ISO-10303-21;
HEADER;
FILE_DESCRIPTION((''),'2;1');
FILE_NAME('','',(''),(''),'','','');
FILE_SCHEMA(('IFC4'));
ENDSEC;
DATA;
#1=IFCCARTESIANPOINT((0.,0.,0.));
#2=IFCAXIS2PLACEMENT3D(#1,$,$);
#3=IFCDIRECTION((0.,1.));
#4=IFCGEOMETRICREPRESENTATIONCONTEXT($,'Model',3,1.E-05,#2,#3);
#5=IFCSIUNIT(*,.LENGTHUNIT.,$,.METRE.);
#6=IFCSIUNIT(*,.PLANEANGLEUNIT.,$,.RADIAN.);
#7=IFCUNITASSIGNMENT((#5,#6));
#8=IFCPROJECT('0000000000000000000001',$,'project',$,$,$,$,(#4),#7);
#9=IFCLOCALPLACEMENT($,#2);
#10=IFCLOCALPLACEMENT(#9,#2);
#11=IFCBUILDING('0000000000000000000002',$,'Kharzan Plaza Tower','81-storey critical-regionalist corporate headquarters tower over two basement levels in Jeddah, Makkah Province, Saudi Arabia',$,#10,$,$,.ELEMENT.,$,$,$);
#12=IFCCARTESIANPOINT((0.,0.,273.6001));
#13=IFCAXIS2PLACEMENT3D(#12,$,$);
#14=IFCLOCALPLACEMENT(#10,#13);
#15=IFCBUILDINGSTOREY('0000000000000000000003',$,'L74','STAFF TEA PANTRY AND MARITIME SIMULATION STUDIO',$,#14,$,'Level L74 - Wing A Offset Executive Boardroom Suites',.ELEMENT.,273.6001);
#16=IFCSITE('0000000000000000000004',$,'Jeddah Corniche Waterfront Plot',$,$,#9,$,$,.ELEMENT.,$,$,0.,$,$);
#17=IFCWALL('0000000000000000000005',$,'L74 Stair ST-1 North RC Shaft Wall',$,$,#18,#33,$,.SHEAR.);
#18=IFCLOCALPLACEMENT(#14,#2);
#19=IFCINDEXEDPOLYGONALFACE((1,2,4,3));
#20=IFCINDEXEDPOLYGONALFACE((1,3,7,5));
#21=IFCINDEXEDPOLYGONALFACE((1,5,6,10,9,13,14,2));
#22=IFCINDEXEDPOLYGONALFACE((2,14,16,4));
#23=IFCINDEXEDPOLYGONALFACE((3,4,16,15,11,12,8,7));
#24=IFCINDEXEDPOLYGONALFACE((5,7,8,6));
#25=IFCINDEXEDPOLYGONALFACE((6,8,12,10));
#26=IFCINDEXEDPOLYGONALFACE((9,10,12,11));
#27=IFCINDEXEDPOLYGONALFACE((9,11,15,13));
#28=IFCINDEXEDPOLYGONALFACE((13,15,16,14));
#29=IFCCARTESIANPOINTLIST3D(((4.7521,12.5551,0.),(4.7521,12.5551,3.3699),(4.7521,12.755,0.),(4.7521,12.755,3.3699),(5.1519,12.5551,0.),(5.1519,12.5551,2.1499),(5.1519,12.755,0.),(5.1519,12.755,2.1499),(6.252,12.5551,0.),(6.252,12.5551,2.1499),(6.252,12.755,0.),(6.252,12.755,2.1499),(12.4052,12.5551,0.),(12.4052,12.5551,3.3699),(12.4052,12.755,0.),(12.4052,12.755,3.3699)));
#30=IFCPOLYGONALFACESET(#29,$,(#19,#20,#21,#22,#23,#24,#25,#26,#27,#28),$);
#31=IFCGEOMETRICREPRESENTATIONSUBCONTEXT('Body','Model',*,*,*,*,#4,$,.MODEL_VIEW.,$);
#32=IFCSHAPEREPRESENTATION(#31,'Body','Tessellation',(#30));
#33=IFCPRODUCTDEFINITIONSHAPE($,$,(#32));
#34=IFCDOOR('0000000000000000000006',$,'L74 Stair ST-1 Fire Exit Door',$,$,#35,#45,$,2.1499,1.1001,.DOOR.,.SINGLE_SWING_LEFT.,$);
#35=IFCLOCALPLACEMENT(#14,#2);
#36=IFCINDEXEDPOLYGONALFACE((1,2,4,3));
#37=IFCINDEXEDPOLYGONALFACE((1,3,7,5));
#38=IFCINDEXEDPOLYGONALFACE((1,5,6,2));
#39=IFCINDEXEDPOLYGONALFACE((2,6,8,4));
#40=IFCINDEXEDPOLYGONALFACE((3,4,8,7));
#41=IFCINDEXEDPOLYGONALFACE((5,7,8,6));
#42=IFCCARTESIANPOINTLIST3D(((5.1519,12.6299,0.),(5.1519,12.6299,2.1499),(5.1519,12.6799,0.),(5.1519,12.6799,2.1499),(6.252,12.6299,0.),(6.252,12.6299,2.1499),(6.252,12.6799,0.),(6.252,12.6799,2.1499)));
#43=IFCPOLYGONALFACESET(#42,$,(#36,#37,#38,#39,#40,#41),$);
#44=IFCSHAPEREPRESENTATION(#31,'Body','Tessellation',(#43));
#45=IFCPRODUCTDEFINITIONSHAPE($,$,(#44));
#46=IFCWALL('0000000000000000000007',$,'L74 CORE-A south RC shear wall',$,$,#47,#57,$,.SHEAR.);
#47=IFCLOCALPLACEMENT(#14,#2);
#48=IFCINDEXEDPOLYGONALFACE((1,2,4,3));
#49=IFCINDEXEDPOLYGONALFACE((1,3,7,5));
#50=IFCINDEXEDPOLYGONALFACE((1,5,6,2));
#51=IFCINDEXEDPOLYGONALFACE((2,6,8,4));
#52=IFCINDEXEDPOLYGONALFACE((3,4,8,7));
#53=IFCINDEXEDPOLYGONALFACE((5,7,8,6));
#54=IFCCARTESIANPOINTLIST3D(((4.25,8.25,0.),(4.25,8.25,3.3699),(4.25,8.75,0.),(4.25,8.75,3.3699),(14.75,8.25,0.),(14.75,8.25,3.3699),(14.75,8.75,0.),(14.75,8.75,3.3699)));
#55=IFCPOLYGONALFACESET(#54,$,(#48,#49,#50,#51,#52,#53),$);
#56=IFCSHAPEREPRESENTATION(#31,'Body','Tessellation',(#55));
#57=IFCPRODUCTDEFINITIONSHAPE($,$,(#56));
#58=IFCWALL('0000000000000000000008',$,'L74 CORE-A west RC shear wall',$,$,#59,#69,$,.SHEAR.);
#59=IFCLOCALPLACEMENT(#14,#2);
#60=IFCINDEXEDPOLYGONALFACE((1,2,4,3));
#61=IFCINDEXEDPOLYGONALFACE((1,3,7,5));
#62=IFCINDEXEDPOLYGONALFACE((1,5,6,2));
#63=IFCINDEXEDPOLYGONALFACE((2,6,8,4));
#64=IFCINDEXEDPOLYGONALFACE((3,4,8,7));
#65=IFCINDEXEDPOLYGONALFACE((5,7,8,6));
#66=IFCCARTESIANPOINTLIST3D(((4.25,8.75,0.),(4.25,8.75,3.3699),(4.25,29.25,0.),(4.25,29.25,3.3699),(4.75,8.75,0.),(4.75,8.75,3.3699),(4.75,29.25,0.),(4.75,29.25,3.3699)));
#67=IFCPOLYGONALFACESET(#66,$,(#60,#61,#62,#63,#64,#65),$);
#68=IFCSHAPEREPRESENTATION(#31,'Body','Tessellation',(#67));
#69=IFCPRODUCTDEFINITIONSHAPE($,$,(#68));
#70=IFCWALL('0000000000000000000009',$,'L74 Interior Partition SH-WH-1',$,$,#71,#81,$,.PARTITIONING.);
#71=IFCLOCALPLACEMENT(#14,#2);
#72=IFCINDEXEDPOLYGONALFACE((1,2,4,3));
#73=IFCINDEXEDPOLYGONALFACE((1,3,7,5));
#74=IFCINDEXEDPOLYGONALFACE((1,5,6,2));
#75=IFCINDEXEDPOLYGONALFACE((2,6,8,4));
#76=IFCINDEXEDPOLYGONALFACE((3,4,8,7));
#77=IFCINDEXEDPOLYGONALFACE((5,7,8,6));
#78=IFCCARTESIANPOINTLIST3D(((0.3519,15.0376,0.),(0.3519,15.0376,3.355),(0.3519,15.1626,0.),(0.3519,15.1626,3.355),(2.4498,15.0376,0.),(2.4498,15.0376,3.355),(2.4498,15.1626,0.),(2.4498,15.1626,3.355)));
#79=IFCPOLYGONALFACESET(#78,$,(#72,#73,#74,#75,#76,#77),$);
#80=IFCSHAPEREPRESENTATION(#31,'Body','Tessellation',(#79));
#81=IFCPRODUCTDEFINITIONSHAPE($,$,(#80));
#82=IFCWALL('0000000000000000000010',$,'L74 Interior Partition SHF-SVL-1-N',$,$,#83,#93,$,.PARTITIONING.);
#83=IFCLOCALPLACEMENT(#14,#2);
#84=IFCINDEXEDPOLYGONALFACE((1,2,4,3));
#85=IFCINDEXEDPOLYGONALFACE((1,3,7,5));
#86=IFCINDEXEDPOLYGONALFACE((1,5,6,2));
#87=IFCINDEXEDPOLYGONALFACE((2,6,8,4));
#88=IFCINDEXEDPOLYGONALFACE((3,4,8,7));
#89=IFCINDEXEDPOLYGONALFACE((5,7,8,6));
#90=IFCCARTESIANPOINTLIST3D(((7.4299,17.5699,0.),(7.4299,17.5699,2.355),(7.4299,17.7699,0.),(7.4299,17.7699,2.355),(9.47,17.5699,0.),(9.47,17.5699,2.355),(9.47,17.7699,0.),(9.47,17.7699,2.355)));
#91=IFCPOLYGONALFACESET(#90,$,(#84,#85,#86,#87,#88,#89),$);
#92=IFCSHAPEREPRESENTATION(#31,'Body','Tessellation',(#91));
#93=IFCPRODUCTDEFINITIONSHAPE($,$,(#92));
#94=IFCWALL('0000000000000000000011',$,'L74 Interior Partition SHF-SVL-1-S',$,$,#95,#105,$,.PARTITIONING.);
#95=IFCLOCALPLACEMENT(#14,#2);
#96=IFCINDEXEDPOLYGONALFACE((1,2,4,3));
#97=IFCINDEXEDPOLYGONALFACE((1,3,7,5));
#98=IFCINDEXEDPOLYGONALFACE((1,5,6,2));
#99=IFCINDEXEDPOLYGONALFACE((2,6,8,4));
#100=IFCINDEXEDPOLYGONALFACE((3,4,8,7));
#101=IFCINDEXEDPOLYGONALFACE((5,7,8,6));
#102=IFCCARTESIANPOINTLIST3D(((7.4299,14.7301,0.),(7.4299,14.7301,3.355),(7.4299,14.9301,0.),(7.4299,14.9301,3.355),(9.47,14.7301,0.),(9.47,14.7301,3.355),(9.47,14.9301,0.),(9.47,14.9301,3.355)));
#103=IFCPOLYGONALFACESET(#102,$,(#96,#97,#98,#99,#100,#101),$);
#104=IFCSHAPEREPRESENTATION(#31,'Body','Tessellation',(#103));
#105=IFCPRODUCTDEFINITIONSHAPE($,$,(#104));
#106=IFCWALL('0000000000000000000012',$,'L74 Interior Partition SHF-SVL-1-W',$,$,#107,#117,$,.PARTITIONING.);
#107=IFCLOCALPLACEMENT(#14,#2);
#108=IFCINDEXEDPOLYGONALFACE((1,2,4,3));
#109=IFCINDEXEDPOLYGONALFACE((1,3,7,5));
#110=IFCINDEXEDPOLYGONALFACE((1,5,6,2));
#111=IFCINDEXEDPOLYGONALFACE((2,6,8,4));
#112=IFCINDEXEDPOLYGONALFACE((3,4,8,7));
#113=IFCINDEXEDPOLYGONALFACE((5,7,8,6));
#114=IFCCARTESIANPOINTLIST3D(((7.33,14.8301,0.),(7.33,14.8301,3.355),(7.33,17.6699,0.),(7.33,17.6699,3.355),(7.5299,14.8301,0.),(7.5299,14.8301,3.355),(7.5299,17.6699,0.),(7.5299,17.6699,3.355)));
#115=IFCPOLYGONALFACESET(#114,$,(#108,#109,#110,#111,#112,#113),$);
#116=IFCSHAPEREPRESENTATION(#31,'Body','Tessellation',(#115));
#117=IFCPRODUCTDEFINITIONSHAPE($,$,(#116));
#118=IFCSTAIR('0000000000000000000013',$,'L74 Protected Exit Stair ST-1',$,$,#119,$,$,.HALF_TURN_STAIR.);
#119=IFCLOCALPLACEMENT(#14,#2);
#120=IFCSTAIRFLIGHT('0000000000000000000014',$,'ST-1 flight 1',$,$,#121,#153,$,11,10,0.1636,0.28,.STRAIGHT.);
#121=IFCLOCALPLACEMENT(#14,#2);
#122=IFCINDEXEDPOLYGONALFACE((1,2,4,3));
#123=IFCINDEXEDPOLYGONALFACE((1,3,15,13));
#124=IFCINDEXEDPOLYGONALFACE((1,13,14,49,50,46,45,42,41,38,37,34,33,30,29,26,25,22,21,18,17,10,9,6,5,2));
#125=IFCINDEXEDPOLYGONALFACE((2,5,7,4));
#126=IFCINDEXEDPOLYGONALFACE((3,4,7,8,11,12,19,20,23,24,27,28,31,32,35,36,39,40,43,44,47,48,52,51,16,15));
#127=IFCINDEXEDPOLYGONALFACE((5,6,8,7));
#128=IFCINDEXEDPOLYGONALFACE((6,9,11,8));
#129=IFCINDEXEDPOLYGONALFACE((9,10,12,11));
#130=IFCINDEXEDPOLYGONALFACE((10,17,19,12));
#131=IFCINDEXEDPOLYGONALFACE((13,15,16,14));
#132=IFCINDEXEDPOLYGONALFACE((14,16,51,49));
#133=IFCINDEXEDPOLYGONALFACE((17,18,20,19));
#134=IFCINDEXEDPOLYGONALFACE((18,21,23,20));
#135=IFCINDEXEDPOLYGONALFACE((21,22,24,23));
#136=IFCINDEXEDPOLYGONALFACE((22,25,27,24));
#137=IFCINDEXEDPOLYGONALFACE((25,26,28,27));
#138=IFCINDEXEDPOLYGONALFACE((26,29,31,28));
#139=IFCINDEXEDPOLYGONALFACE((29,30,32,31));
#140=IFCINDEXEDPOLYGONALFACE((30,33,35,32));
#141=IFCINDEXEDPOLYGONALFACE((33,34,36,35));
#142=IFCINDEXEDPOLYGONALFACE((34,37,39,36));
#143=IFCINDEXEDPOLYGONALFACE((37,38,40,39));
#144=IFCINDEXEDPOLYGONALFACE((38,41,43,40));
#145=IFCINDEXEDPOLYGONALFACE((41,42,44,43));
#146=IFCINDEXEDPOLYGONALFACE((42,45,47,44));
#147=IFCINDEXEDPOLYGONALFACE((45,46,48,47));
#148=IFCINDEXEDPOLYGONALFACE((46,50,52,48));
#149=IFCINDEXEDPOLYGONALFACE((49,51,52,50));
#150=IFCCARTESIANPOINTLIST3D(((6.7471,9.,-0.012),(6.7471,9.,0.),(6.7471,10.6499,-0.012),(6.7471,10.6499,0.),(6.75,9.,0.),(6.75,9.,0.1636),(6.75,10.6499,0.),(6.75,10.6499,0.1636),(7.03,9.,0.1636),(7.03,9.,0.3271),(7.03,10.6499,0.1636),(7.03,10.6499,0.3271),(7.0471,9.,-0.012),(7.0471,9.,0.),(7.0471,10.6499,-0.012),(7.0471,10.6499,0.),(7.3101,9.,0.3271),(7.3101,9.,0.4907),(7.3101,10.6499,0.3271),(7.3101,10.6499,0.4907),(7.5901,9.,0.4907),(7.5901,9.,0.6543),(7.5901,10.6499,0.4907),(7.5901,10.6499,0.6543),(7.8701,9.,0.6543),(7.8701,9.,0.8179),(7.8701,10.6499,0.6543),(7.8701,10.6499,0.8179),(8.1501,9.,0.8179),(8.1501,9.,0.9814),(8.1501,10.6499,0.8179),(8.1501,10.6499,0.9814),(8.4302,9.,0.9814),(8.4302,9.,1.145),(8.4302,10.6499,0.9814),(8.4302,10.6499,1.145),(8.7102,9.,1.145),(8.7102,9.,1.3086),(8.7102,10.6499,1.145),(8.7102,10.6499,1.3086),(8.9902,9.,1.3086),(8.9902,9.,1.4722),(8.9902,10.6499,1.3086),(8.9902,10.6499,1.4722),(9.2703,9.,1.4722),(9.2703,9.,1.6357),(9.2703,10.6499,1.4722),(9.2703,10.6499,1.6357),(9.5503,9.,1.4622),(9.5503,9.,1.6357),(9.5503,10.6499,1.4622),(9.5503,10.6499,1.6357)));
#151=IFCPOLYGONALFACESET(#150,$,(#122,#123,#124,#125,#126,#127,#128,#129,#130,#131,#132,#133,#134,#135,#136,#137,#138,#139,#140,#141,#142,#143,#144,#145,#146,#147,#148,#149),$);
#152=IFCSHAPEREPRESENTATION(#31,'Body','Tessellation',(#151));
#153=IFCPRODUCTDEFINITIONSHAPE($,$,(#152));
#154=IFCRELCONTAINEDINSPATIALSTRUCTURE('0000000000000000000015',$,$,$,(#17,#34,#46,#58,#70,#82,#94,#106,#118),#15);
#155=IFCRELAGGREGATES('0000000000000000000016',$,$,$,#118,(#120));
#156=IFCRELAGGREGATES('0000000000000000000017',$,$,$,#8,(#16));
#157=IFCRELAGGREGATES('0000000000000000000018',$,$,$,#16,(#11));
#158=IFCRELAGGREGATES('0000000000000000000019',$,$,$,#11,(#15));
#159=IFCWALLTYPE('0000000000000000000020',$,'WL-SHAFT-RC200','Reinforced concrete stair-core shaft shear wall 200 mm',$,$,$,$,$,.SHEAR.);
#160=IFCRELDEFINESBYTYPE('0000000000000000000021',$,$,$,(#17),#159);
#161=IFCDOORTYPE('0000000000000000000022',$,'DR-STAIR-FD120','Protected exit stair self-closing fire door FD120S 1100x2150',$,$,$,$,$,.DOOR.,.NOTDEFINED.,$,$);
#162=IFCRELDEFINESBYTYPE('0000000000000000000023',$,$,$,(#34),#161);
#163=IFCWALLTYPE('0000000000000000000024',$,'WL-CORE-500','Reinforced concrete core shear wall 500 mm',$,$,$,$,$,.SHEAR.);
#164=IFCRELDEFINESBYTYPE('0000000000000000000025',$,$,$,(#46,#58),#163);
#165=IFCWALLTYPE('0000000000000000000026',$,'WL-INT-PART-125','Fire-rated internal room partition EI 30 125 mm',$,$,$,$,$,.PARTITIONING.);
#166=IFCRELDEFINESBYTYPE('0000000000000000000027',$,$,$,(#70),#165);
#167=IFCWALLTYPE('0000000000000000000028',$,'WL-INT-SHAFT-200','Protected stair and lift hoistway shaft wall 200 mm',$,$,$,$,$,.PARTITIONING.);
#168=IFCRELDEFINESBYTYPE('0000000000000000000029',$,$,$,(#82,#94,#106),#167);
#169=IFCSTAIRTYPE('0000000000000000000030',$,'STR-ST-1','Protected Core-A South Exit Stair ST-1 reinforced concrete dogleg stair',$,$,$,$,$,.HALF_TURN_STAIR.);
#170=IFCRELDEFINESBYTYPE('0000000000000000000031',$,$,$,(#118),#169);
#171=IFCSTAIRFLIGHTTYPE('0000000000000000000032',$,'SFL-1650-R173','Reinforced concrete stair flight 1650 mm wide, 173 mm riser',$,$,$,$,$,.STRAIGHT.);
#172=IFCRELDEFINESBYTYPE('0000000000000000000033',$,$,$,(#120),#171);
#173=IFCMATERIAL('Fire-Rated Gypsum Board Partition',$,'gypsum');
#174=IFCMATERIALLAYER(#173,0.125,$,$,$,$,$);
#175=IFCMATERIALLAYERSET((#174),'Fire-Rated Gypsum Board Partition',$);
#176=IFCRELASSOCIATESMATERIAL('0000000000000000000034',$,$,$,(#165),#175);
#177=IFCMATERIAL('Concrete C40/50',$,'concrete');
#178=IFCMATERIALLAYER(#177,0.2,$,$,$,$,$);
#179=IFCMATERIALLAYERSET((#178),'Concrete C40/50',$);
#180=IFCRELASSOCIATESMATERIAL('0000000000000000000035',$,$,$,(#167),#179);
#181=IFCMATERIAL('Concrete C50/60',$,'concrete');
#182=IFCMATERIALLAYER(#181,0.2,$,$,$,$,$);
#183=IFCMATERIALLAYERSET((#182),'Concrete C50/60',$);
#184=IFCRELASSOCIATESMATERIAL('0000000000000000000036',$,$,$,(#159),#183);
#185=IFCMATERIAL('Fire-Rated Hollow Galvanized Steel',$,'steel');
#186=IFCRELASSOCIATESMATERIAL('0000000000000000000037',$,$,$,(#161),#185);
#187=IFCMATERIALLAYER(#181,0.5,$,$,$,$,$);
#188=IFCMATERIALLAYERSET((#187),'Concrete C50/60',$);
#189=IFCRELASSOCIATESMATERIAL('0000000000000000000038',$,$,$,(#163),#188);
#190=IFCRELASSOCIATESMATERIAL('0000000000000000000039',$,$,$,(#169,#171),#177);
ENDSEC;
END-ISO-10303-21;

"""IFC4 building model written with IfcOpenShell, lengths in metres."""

from ifc_helpers import new_model, si_unit, direction, frame, frame_2d, origin, place, context, subcontext, project, spatial, polyline, rectangle, outline, extrude, source, transform, mapped, material, layer, layer_set, type_object, element, fill, aggregate, save


model = new_model("IFC4")

# Units and contexts
model_context = context("Model", 3, precision=1e-05, world=origin(), true_north=direction((0.0, 1.0)))
body_context = subcontext(model_context, "Body", "Model", "MODEL_VIEW")
ifc_project = project(units=[si_unit("LENGTHUNIT", "METRE"), si_unit("PLANEANGLEUNIT", "RADIAN")], contexts=[model_context])

# Site, building, storey
site_placement = place(None, origin())
site = spatial("IfcSite", under=ifc_project, at=site_placement, Name="Jeddah Corniche Waterfront Plot", CompositionType="ELEMENT", RefElevation=0.0)
building_placement = place(site_placement, origin())
building = spatial("IfcBuilding", under=site, at=building_placement, Name="Kharzan Plaza Tower", Description="81-storey critical-regionalist corporate headquarters tower over two basement levels in Jeddah, Makkah Province, Saudi Arabia", CompositionType="ELEMENT")
storey_placement = place(building_placement, frame((0.0, 0.0, 273.6001)))
storey = spatial("IfcBuildingStorey", under=building, at=storey_placement, Name="L74", Description="STAFF TEA PANTRY AND MARITIME SIMULATION STUDIO", LongName="Level L74 - Wing A Offset Executive Boardroom Suites", CompositionType="ELEMENT", Elevation=273.6001)

# Shared definitions
ifc_material_1 = material(Name="Concrete C50/60", Category="concrete")

# Shared definitions
ifc_material_2 = material(Name="Concrete C40/50", Category="concrete")

# Wall, opening, door
ifc_material_3 = material(Name="Fire-Rated Gypsum Board Partition", Category="gypsum")
ifc_layer_1 = layer(ifc_material_3, 0.125)
ifc_layer_set_1 = layer_set([ifc_layer_1], Name="Fire-Rated Gypsum Board Partition")
wall_type_1 = type_object("IfcWallType", Name="WL-INT-PART-125", Description="Fire-rated internal room partition EI 30 125 mm", PredefinedType="PARTITIONING", material=ifc_layer_set_1)
ifc_layer_2 = layer(ifc_material_2, 0.2)
ifc_layer_set_2 = layer_set([ifc_layer_2], Name="Concrete C40/50")
wall_type_2 = type_object("IfcWallType", Name="WL-INT-SHAFT-200", Description="Protected stair and lift hoistway shaft wall 200 mm", PredefinedType="PARTITIONING", material=ifc_layer_set_2)
ifc_layer_3 = layer(ifc_material_1, 0.2)
ifc_layer_set_3 = layer_set([ifc_layer_3], Name="Concrete C50/60")
wall_type_3 = type_object("IfcWallType", Name="WL-SHAFT-RC200", Description="Reinforced concrete stair-core shaft shear wall 200 mm", PredefinedType="SHEAR", material=ifc_layer_set_3)
wall_1_placement = place(storey_placement, frame((4.752, 12.655, 0.0), z_axis=(0.0, 0.0, 1.0), x_axis=(1.0, 0.0, 0.0)))
wall_1 = element("IfcWall", 1, at=wall_1_placement, inside=storey, type_object=wall_type_3, Name="L74 Stair ST-1 North RC Shaft Wall", PredefinedType="SHEAR", context=body_context, shape_type="SweptSolid", body=[
    extrude(rectangle(XDim=7.6531, YDim=0.2, at=frame_2d((3.8267, 0.0))), origin(), (0.0, 0.0, 1.0), 3.3699),
])
opening_1_placement = place(wall_1_placement, frame((0.3999, 0.0, 0.0)))
opening_1 = element("IfcOpeningElement", 2, at=opening_1_placement, cuts=wall_1, PredefinedType="OPENING", context=body_context, shape_type="SweptSolid", body=[
    extrude(rectangle(XDim=1.1001, YDim=2.1499, at=frame_2d((0.55, 1.075))), frame((0.0, 0.1099, 0.0), z_axis=(0.0, -1.0, 0.0), x_axis=(1.0, 0.0, 0.0)), (0.0, 0.0, 1.0), 0.22),
])
ifc_material_4 = material(Name="Fire-Rated Hollow Galvanized Steel", Category="steel")
door_type_1 = type_object("IfcDoorType", Name="DR-STAIR-FD120", Description="Protected exit stair self-closing fire door FD120S 1100x2150", OperationType="NOTDEFINED", PredefinedType="DOOR", material=ifc_material_4)
shared_shape_1 = source(origin(), body_context, "Body", "SweptSolid", [
    extrude(rectangle(XDim=1.1001, YDim=2.1499, at=frame_2d((0.55, 1.075))), frame((0.0, 0.0249, 0.0), z_axis=(0.0, -1.0, 0.0), x_axis=(1.0, 0.0, 0.0)), (0.0, 0.0, 1.0), 0.05),
])
door_1_placement = place(opening_1_placement, origin())
door_1 = element("IfcDoor", 3, at=door_1_placement, inside=storey, type_object=door_type_1, Name="L74 Stair ST-1 Fire Exit Door", OperationType="SINGLE_SWING_LEFT", OverallHeight=2.1499, OverallWidth=1.1001, PredefinedType="DOOR", context=body_context, shape_type="MappedRepresentation", body=[
    mapped(shared_shape_1, transform((0.0, 0.0, 0.0), x_axis=(1.0, 0.0, 0.0), y_axis=(0.0, 1.0, 0.0), z_axis=(0.0, 0.0, 1.0))),
])
fill(opening_1, door_1)

# Walls
ifc_layer_4 = layer(ifc_material_1, 0.5)
ifc_layer_set_4 = layer_set([ifc_layer_4], Name="Concrete C50/60")
wall_type_4 = type_object("IfcWallType", Name="WL-CORE-500", Description="Reinforced concrete core shear wall 500 mm", PredefinedType="SHEAR", material=ifc_layer_set_4)
shared_shape_2 = source(origin(), body_context, "Body", "SweptSolid", [
    extrude(rectangle(XDim=10.5, YDim=0.5, at=frame_2d((5.25, 0.0))), origin(), (0.0, 0.0, 1.0), 3.3699),
])
wall_2_placement = place(storey_placement, frame((4.25, 8.5, 0.0), z_axis=(0.0, 0.0, 1.0), x_axis=(1.0, 0.0, 0.0)))
element("IfcWall", 4, at=wall_2_placement, inside=storey, type_object=wall_type_4, Name="L74 CORE-A south RC shear wall", PredefinedType="SHEAR", context=body_context, shape_type="MappedRepresentation", body=[
    mapped(shared_shape_2, transform((0.0, 0.0, 0.0), x_axis=(1.0, 0.0, 0.0), y_axis=(0.0, 1.0, 0.0), z_axis=(0.0, 0.0, 1.0))),
])
shared_shape_3 = source(origin(), body_context, "Body", "SweptSolid", [
    extrude(rectangle(XDim=20.5, YDim=0.5, at=frame_2d((10.25, 0.0))), origin(), (0.0, 0.0, 1.0), 3.3699),
])
wall_3_placement = place(storey_placement, frame((4.5, 8.75, 0.0), z_axis=(0.0, 0.0, 1.0), x_axis=(0.0, 1.0, 0.0)))
element("IfcWall", 5, at=wall_3_placement, inside=storey, type_object=wall_type_4, Name="L74 CORE-A west RC shear wall", PredefinedType="SHEAR", context=body_context, shape_type="MappedRepresentation", body=[
    mapped(shared_shape_3, transform((0.0, 0.0, 0.0), x_axis=(1.0, 0.0, 0.0), y_axis=(0.0, 1.0, 0.0), z_axis=(0.0, 0.0, 1.0))),
])
shared_shape_4 = source(origin(), body_context, "Body", "SweptSolid", [
    extrude(rectangle(XDim=2.0979, YDim=0.125, at=frame_2d((1.0488, 0.0))), origin(), (0.0, 0.0, 1.0), 3.355),
])
wall_4_placement = place(storey_placement, frame((0.3521, 15.1001, 0.0), z_axis=(0.0, 0.0, 1.0), x_axis=(1.0, 0.0, 0.0)))
element("IfcWall", 6, at=wall_4_placement, inside=storey, type_object=wall_type_1, Name="L74 Interior Partition SH-WH-1", PredefinedType="PARTITIONING", context=body_context, shape_type="MappedRepresentation", body=[
    mapped(shared_shape_4, transform((0.0, 0.0, 0.0), x_axis=(1.0, 0.0, 0.0), y_axis=(0.0, 1.0, 0.0), z_axis=(0.0, 0.0, 1.0))),
])
shared_shape_5 = source(origin(), body_context, "Body", "SweptSolid", [
    extrude(rectangle(XDim=2.04, YDim=0.2, at=frame_2d((1.02, 0.0))), origin(), (0.0, 0.0, 1.0), 2.355),
])
wall_5_placement = place(storey_placement, frame((7.4299, 17.6699, 0.0), z_axis=(0.0, 0.0, 1.0), x_axis=(1.0, 0.0, 0.0)))
element("IfcWall", 7, at=wall_5_placement, inside=storey, type_object=wall_type_2, Name="L74 Interior Partition SHF-SVL-1-N", PredefinedType="PARTITIONING", context=body_context, shape_type="MappedRepresentation", body=[
    mapped(shared_shape_5, transform((0.0, 0.0, 0.0), x_axis=(1.0, 0.0, 0.0), y_axis=(0.0, 1.0, 0.0), z_axis=(0.0, 0.0, 1.0))),
])
shared_shape_6 = source(origin(), body_context, "Body", "SweptSolid", [
    extrude(rectangle(XDim=2.04, YDim=0.2, at=frame_2d((1.02, 0.0))), origin(), (0.0, 0.0, 1.0), 3.355),
])
wall_6_placement = place(storey_placement, frame((7.4299, 14.8301, 0.0), z_axis=(0.0, 0.0, 1.0), x_axis=(1.0, 0.0, 0.0)))
element("IfcWall", 8, at=wall_6_placement, inside=storey, type_object=wall_type_2, Name="L74 Interior Partition SHF-SVL-1-S", PredefinedType="PARTITIONING", context=body_context, shape_type="MappedRepresentation", body=[
    mapped(shared_shape_6, transform((0.0, 0.0, 0.0), x_axis=(1.0, 0.0, 0.0), y_axis=(0.0, 1.0, 0.0), z_axis=(0.0, 0.0, 1.0))),
])
shared_shape_7 = source(origin(), body_context, "Body", "SweptSolid", [
    extrude(rectangle(XDim=2.8398, YDim=0.2, at=frame_2d((1.4199, 0.0))), origin(), (0.0, 0.0, 1.0), 3.355),
])
wall_7_placement = place(storey_placement, frame((7.4299, 14.8301, 0.0), z_axis=(0.0, 0.0, 1.0), x_axis=(0.0, 1.0, 0.0)))
element("IfcWall", 9, at=wall_7_placement, inside=storey, type_object=wall_type_2, Name="L74 Interior Partition SHF-SVL-1-W", PredefinedType="PARTITIONING", context=body_context, shape_type="MappedRepresentation", body=[
    mapped(shared_shape_7, transform((0.0, 0.0, 0.0), x_axis=(1.0, 0.0, 0.0), y_axis=(0.0, 1.0, 0.0), z_axis=(0.0, 0.0, 1.0))),
])

# Stair, stair flight
stair_type = type_object("IfcStairType", Name="STR-ST-1", Description="Protected Core-A South Exit Stair ST-1 reinforced concrete dogleg stair", PredefinedType="HALF_TURN_STAIR", material=ifc_material_2)
stair_placement = place(storey_placement, origin())
stair = element("IfcStair", 10, at=stair_placement, inside=storey, type_object=stair_type, Name="L74 Protected Exit Stair ST-1", PredefinedType="HALF_TURN_STAIR")
stair_flight_type = type_object("IfcStairFlightType", Name="SFL-1650-R173", Description="Reinforced concrete stair flight 1650 mm wide, 173 mm riser", PredefinedType="STRAIGHT", material=ifc_material_2)
shared_shape_8 = source(origin(), body_context, "Body", "SweptSolid", [
    extrude(outline(polyline([(-0.0029, -0.012), (-0.0029, 0.0), (0.0, 0.0), (0.0, 0.1636), (0.28, 0.1636), (0.28, 0.3271), (0.5601, 0.3271), (0.5601, 0.4907), (0.8401, 0.4907), (0.8401, 0.6543), (1.1201, 0.6543), (1.1201, 0.8179), (1.4001, 0.8179), (1.4001, 0.9814), (1.6802, 0.9814), (1.6802, 1.145), (1.9602, 1.145), (1.9602, 1.3086), (2.2402, 1.3086), (2.2402, 1.4722), (2.5203, 1.4722), (2.5203, 1.6357), (2.8003, 1.6357), (2.8003, 1.7993), (2.8003, 1.4622), (0.2971, 0.0), (0.2971, -0.012), (-0.0029, -0.012)])), frame((0.0, 0.825, 0.0), z_axis=(0.0, -1.0, 0.0), x_axis=(1.0, 0.0, 0.0)), (0.0, 0.0, 1.0), 1.6499),
])
stair_flight_1_placement = place(storey_placement, frame((6.75, 9.825, 0.0), z_axis=(0.0, 0.0, 1.0), x_axis=(1.0, 0.0, 0.0)))
stair_flight_1 = element("IfcStairFlight", 11, at=stair_flight_1_placement, type_object=stair_flight_type, Name="ST-1 flight 1", NumberOfRisers=11, NumberOfTreads=10, PredefinedType="STRAIGHT", RiserHeight=0.1636, TreadLength=0.28, context=body_context, shape_type="MappedRepresentation", body=[
    mapped(shared_shape_8, transform((0.0, 0.0, 0.0), x_axis=(1.0, 0.0, 0.0), y_axis=(0.0, 1.0, 0.0), z_axis=(0.0, 0.0, 1.0))),
])
aggregate(stair, [stair_flight_1])

save(model, "model.ifc")
